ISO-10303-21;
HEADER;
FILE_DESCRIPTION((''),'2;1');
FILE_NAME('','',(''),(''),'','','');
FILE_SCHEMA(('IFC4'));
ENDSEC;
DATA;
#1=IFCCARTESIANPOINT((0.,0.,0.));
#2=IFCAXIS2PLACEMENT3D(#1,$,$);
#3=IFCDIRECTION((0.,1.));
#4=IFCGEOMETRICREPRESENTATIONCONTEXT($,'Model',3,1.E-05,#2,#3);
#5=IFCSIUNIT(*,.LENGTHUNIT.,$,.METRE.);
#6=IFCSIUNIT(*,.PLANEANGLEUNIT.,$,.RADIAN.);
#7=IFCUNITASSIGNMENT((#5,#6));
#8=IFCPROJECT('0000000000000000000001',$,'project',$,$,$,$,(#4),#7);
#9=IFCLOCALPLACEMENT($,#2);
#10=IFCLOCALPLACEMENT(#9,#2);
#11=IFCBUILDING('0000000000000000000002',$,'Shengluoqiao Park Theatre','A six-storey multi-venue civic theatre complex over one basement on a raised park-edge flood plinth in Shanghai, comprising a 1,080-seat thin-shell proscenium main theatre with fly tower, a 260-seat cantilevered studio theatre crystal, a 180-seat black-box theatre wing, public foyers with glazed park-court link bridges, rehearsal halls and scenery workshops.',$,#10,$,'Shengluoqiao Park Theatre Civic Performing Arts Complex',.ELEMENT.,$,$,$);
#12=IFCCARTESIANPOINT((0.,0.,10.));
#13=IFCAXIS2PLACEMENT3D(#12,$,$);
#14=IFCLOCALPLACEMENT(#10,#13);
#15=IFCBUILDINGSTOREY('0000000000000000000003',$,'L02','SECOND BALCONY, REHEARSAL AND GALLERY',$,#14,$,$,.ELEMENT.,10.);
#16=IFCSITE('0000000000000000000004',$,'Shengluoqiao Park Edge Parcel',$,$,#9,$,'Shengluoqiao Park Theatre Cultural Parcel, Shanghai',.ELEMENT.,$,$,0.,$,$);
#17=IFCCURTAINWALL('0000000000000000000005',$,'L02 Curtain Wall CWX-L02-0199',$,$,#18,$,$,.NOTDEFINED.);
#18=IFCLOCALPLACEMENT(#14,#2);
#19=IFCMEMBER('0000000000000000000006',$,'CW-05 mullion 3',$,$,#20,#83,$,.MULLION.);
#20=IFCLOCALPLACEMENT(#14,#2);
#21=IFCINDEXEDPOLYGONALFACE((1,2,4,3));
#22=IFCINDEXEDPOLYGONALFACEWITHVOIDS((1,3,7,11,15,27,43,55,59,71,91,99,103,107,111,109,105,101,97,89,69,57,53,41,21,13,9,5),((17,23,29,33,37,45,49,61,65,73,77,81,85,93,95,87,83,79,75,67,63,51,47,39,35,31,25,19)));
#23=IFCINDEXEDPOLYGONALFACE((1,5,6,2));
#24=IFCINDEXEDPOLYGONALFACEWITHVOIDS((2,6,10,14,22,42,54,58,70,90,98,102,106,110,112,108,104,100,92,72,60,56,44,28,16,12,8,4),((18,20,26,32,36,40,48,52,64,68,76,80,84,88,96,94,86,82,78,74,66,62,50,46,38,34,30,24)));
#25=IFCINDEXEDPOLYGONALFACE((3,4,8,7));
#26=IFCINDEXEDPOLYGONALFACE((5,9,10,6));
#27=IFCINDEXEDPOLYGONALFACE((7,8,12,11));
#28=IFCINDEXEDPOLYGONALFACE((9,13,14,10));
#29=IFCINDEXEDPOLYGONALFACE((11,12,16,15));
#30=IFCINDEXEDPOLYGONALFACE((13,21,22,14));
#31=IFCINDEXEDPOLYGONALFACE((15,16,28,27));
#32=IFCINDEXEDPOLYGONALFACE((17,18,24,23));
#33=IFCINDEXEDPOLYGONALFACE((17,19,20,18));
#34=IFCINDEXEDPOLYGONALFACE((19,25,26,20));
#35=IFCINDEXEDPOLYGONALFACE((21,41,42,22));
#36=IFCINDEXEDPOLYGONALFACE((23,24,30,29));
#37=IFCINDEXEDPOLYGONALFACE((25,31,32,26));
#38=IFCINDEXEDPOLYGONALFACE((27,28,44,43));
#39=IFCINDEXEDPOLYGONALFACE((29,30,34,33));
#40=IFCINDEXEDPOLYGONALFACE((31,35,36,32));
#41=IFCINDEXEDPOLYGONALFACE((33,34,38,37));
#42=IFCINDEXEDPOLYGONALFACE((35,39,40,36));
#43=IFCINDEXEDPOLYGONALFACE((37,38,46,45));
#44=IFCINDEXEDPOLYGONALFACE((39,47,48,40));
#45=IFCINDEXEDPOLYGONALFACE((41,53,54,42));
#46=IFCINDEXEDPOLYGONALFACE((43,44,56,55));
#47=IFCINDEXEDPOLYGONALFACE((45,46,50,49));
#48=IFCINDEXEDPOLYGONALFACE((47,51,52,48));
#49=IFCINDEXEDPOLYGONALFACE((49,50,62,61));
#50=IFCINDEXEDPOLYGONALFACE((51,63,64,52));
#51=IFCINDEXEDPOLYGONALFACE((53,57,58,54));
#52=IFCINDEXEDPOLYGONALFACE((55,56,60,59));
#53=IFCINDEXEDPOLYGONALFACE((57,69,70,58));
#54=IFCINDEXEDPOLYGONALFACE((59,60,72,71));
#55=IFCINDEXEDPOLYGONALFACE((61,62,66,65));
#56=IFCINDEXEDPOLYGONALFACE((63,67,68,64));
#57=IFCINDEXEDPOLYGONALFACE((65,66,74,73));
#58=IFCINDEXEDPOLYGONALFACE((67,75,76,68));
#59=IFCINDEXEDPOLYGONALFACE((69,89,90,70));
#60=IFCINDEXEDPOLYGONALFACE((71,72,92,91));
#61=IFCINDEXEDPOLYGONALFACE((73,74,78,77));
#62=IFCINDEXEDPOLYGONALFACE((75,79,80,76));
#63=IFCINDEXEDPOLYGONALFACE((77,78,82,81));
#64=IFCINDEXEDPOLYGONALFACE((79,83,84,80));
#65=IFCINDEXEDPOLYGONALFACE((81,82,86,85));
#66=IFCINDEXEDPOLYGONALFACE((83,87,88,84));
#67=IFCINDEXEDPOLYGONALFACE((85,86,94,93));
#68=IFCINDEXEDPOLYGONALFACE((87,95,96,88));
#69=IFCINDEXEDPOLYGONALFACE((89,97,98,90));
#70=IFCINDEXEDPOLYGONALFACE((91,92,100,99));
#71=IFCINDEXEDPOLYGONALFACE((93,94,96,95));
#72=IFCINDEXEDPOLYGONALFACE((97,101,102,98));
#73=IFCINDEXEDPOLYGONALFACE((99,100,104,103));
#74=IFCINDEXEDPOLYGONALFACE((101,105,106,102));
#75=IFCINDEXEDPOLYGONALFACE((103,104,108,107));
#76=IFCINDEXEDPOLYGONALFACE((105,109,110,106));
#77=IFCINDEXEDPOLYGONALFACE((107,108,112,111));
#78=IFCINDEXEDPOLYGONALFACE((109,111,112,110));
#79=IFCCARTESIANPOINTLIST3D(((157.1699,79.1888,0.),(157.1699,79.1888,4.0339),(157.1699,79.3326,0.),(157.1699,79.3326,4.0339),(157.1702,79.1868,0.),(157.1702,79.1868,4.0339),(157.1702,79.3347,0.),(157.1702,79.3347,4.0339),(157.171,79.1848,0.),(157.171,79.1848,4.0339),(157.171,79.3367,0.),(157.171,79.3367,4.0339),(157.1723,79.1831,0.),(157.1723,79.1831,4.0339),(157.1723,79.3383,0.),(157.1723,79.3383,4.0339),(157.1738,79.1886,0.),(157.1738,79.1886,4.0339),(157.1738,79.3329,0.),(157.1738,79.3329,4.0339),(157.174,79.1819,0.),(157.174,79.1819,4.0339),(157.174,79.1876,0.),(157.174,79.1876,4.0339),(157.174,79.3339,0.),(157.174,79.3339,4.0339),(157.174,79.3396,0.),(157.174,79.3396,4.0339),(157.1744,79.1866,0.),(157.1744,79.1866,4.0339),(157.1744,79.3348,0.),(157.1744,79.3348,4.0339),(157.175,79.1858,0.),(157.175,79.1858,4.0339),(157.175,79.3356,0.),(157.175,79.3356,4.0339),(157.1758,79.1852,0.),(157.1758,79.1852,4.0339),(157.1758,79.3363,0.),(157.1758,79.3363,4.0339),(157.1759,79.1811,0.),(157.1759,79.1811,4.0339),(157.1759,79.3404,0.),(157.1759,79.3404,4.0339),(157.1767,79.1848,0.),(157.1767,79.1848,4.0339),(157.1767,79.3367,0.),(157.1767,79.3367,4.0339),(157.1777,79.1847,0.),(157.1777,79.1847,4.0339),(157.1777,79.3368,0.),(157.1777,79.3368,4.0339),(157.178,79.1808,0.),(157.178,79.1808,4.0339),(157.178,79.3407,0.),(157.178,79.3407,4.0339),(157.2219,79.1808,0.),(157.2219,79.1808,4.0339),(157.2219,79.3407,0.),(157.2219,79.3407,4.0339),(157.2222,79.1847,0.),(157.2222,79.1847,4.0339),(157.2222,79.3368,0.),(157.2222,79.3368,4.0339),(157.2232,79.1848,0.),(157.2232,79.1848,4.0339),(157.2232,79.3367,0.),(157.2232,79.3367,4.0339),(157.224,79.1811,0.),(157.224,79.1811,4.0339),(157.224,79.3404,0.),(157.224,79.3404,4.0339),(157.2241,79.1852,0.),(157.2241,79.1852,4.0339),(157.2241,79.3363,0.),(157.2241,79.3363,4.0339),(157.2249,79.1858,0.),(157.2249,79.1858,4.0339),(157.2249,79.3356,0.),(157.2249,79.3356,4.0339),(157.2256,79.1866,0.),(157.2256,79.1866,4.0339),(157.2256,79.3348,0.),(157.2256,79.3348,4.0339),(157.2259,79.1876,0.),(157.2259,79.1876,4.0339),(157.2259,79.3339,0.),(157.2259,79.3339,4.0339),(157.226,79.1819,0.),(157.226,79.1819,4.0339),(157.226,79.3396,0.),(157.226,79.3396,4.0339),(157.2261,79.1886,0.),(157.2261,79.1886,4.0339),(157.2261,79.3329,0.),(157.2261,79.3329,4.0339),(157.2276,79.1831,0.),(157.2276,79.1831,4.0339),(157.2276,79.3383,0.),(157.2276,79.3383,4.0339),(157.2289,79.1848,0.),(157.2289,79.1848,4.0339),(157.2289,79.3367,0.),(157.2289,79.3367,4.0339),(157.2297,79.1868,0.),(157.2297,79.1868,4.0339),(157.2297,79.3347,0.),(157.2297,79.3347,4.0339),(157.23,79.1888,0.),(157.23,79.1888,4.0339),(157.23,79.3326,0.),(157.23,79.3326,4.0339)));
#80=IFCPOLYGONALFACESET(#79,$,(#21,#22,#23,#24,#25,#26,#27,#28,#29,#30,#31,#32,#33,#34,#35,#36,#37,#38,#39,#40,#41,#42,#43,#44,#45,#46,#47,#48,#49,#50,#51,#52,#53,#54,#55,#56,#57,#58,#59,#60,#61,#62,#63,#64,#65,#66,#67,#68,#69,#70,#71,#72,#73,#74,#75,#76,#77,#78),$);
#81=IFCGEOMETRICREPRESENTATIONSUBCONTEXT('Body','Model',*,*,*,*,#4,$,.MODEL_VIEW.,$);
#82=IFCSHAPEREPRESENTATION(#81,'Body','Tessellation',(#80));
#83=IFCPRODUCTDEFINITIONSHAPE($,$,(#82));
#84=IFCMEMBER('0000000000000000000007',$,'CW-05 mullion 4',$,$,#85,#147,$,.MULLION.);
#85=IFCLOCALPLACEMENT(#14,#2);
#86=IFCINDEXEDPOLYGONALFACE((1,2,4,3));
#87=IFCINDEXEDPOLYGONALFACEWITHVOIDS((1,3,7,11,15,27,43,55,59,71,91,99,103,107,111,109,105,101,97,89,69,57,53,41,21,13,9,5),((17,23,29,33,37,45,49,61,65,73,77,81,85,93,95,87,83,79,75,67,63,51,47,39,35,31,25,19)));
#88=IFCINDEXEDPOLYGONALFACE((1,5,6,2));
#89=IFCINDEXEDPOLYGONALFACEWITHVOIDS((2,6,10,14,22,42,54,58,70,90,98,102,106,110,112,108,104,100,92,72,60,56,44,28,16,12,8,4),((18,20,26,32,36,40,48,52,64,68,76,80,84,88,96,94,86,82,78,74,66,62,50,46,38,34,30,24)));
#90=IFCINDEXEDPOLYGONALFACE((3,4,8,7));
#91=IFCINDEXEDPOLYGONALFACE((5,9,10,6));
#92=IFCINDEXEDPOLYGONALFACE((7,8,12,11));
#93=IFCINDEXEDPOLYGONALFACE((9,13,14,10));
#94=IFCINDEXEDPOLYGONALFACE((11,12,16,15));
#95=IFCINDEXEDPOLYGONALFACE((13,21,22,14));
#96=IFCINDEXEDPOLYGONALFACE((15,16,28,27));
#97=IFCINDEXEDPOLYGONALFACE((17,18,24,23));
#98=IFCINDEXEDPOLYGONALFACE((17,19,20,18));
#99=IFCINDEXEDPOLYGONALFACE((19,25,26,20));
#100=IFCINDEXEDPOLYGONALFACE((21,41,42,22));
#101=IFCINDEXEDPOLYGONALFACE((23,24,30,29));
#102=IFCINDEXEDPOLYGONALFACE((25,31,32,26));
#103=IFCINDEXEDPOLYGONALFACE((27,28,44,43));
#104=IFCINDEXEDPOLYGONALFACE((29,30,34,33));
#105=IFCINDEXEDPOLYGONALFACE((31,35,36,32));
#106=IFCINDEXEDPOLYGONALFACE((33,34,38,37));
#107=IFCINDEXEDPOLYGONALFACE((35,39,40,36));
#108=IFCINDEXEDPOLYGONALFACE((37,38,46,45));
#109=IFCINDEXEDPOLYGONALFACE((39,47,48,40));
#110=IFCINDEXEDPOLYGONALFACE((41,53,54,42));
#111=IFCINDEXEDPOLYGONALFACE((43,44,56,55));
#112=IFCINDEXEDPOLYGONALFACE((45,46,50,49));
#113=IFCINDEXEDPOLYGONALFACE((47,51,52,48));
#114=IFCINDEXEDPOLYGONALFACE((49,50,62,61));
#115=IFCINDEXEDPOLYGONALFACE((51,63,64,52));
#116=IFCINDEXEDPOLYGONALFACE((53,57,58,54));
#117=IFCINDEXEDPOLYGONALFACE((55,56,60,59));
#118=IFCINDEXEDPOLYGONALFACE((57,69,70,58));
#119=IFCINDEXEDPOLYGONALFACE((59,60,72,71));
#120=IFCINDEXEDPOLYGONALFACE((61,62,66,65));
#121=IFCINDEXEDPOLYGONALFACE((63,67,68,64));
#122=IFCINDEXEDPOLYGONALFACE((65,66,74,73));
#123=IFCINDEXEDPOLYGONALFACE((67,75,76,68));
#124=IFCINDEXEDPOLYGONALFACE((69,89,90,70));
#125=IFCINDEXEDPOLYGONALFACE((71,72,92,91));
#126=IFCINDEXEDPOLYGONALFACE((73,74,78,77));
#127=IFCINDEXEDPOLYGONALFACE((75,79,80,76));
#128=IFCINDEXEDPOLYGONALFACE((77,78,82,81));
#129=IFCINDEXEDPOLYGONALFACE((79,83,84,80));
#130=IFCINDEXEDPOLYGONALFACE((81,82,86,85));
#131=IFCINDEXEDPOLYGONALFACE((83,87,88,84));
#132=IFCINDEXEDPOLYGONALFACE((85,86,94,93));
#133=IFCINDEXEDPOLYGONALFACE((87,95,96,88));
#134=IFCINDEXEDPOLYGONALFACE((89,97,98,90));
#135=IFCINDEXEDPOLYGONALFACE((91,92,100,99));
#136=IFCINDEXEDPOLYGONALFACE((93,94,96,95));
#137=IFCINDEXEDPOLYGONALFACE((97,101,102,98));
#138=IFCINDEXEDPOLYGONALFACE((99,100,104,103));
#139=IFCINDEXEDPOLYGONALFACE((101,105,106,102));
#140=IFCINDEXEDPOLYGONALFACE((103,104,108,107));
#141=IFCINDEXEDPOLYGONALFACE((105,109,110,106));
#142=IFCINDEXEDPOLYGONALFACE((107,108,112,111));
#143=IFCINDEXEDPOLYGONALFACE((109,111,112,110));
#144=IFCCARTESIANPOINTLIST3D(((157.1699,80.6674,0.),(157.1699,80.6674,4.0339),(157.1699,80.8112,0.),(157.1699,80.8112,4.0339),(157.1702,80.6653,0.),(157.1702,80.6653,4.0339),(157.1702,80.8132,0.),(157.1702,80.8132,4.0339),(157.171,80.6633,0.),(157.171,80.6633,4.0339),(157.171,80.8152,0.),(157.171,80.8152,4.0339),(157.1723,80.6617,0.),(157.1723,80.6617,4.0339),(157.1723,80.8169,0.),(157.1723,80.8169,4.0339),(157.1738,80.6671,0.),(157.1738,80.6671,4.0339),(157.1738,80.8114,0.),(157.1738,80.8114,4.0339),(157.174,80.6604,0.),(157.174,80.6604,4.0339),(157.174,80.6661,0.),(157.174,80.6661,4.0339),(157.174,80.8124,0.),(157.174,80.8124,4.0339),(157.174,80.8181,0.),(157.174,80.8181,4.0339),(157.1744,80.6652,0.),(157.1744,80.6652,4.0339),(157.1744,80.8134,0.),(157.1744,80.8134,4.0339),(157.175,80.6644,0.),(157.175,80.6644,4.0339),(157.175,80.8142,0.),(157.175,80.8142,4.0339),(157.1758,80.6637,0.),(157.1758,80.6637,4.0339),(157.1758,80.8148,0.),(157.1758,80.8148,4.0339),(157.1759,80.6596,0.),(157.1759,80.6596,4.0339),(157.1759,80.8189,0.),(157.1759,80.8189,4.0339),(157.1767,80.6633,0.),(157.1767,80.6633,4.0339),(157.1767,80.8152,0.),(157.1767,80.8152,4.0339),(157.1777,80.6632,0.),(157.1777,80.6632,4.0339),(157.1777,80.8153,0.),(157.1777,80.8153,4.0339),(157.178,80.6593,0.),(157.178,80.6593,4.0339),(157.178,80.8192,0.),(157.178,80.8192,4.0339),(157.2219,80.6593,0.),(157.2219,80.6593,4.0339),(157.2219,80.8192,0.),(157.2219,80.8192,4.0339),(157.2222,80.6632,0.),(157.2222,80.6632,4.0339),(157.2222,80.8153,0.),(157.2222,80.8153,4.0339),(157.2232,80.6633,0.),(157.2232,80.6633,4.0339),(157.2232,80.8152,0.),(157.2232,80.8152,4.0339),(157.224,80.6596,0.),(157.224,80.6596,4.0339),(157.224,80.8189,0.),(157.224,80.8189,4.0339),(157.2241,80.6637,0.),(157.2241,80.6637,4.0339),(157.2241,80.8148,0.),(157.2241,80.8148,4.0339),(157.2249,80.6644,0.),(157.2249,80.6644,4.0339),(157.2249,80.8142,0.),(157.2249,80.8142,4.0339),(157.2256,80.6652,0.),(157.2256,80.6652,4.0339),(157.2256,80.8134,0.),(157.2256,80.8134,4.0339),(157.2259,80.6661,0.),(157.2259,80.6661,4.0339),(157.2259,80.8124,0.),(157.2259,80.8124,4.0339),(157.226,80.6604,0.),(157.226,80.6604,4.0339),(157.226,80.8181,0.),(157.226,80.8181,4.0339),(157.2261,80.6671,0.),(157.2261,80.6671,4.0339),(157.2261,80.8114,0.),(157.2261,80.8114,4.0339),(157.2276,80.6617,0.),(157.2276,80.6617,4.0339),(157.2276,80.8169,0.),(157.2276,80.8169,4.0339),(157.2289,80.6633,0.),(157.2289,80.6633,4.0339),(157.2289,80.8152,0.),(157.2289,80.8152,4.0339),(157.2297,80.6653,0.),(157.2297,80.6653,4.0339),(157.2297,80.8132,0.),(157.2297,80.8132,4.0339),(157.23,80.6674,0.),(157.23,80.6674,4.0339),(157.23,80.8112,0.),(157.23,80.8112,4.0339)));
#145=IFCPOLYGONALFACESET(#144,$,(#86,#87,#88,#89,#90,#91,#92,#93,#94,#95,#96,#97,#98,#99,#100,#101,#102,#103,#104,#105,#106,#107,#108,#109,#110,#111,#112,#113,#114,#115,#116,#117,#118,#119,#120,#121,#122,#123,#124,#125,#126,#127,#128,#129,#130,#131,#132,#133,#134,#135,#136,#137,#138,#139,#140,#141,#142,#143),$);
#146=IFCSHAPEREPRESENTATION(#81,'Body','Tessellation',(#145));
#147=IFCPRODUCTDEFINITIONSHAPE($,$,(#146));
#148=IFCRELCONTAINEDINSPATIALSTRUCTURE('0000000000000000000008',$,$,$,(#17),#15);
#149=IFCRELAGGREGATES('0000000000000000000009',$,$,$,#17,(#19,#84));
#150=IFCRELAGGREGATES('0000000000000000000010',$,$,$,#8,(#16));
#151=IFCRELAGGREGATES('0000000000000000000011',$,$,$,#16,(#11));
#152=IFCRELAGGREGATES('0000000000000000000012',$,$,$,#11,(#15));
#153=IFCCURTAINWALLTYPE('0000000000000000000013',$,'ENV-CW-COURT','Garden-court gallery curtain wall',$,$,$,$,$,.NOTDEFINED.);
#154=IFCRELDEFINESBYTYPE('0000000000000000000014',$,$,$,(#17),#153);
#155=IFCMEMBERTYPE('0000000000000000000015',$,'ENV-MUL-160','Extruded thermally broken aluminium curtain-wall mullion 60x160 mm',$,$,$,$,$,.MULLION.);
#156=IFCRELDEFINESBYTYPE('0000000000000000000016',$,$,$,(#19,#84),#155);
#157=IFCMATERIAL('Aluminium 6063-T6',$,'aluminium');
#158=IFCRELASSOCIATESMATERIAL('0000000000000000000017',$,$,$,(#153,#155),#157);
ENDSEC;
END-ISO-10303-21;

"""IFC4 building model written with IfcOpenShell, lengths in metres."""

from ifc_helpers import new_model, si_unit, direction, frame, origin, origin_2d, place, context, subcontext, project, spatial, hollow_rectangle, extrude, material, material_profile, profile_set, type_object, element, aggregate, save


model = new_model("IFC4")

# Units and contexts
model_context = context("Model", 3, precision=1e-05, world=origin(), true_north=direction((0.0, 1.0)))
body_context = subcontext(model_context, "Body", "Model", "MODEL_VIEW")
ifc_project = project(units=[si_unit("LENGTHUNIT", "METRE"), si_unit("PLANEANGLEUNIT", "RADIAN")], contexts=[model_context])

# Site, building, storey
site_placement = place(None, origin())
site = spatial("IfcSite", under=ifc_project, at=site_placement, Name="Shengluoqiao Park Edge Parcel", LongName="Shengluoqiao Park Theatre Cultural Parcel, Shanghai", CompositionType="ELEMENT", RefElevation=0.0)
building_placement = place(site_placement, origin())
building = spatial("IfcBuilding", under=site, at=building_placement, Name="Shengluoqiao Park Theatre", Description="A six-storey multi-venue civic theatre complex over one basement on a raised park-edge flood plinth in Shanghai, comprising a 1,080-seat thin-shell proscenium main theatre with fly tower, a 260-seat cantilevered studio theatre crystal, a 180-seat black-box theatre wing, public foyers with glazed park-court link bridges, rehearsal halls and scenery workshops.", LongName="Shengluoqiao Park Theatre Civic Performing Arts Complex", CompositionType="ELEMENT")
storey_placement = place(building_placement, frame((0.0, 0.0, 10.0)))
storey = spatial("IfcBuildingStorey", under=building, at=storey_placement, Name="L02", Description="SECOND BALCONY, REHEARSAL AND GALLERY", CompositionType="ELEMENT", Elevation=10.0)

# Curtain wall, members
ifc_material_1 = material(Name="Aluminium 6063-T6", Category="aluminium")
curtain_wall_type = type_object("IfcCurtainWallType", Name="ENV-CW-COURT", Description="Garden-court gallery curtain wall", PredefinedType="NOTDEFINED", material=ifc_material_1)
curtain_wall_placement = place(storey_placement, origin())
curtain_wall = element("IfcCurtainWall", 1, at=curtain_wall_placement, inside=storey, type_object=curtain_wall_type, Name="L02 Curtain Wall CWX-L02-0199", PredefinedType="NOTDEFINED")
ifc_material_profile_1 = material_profile(ifc_material_1, hollow_rectangle(XDim=0.0601, YDim=0.1599, WallThickness=0.0039, InnerFilletRadius=0.0039, OuterFilletRadius=0.0081, at=origin_2d()), Name="ALU MULLION 160x60x4")
ifc_profile_set_1 = profile_set([ifc_material_profile_1], Name="Aluminium 6063-T6")
member_type_1 = type_object("IfcMemberType", Name="ENV-MUL-160", Description="Extruded thermally broken aluminium curtain-wall mullion 60x160 mm", PredefinedType="MULLION", material=ifc_profile_set_1)
member_1_placement = place(storey_placement, frame((157.2, 79.2607, 0.0), z_axis=(0.0, 0.0, 1.0), x_axis=(-1.0, 0.0, 0.0)))
member_1 = element("IfcMember", 2, at=member_1_placement, type_object=member_type_1, Name="CW-05 mullion 3", PredefinedType="MULLION", context=body_context, shape_type="SweptSolid", body=[
    extrude(hollow_rectangle(XDim=0.0601, YDim=0.1599, WallThickness=0.0039, InnerFilletRadius=0.0039, OuterFilletRadius=0.0081, at=origin_2d()), origin(), (0.0, 0.0, 1.0), 4.0339),
])
member_2_placement = place(storey_placement, frame((157.2, 80.7393, 0.0), z_axis=(0.0, 0.0, 1.0), x_axis=(-1.0, 0.0, 0.0)))
member_2 = element("IfcMember", 3, at=member_2_placement, type_object=member_type_1, Name="CW-05 mullion 4", PredefinedType="MULLION", context=body_context, shape_type="SweptSolid", body=[
    extrude(hollow_rectangle(XDim=0.0601, YDim=0.1599, WallThickness=0.0039, InnerFilletRadius=0.0039, OuterFilletRadius=0.0081, at=origin_2d()), origin(), (0.0, 0.0, 1.0), 4.0339),
])

aggregate(curtain_wall, [member_1, member_2])

save(model, "model.ifc")
